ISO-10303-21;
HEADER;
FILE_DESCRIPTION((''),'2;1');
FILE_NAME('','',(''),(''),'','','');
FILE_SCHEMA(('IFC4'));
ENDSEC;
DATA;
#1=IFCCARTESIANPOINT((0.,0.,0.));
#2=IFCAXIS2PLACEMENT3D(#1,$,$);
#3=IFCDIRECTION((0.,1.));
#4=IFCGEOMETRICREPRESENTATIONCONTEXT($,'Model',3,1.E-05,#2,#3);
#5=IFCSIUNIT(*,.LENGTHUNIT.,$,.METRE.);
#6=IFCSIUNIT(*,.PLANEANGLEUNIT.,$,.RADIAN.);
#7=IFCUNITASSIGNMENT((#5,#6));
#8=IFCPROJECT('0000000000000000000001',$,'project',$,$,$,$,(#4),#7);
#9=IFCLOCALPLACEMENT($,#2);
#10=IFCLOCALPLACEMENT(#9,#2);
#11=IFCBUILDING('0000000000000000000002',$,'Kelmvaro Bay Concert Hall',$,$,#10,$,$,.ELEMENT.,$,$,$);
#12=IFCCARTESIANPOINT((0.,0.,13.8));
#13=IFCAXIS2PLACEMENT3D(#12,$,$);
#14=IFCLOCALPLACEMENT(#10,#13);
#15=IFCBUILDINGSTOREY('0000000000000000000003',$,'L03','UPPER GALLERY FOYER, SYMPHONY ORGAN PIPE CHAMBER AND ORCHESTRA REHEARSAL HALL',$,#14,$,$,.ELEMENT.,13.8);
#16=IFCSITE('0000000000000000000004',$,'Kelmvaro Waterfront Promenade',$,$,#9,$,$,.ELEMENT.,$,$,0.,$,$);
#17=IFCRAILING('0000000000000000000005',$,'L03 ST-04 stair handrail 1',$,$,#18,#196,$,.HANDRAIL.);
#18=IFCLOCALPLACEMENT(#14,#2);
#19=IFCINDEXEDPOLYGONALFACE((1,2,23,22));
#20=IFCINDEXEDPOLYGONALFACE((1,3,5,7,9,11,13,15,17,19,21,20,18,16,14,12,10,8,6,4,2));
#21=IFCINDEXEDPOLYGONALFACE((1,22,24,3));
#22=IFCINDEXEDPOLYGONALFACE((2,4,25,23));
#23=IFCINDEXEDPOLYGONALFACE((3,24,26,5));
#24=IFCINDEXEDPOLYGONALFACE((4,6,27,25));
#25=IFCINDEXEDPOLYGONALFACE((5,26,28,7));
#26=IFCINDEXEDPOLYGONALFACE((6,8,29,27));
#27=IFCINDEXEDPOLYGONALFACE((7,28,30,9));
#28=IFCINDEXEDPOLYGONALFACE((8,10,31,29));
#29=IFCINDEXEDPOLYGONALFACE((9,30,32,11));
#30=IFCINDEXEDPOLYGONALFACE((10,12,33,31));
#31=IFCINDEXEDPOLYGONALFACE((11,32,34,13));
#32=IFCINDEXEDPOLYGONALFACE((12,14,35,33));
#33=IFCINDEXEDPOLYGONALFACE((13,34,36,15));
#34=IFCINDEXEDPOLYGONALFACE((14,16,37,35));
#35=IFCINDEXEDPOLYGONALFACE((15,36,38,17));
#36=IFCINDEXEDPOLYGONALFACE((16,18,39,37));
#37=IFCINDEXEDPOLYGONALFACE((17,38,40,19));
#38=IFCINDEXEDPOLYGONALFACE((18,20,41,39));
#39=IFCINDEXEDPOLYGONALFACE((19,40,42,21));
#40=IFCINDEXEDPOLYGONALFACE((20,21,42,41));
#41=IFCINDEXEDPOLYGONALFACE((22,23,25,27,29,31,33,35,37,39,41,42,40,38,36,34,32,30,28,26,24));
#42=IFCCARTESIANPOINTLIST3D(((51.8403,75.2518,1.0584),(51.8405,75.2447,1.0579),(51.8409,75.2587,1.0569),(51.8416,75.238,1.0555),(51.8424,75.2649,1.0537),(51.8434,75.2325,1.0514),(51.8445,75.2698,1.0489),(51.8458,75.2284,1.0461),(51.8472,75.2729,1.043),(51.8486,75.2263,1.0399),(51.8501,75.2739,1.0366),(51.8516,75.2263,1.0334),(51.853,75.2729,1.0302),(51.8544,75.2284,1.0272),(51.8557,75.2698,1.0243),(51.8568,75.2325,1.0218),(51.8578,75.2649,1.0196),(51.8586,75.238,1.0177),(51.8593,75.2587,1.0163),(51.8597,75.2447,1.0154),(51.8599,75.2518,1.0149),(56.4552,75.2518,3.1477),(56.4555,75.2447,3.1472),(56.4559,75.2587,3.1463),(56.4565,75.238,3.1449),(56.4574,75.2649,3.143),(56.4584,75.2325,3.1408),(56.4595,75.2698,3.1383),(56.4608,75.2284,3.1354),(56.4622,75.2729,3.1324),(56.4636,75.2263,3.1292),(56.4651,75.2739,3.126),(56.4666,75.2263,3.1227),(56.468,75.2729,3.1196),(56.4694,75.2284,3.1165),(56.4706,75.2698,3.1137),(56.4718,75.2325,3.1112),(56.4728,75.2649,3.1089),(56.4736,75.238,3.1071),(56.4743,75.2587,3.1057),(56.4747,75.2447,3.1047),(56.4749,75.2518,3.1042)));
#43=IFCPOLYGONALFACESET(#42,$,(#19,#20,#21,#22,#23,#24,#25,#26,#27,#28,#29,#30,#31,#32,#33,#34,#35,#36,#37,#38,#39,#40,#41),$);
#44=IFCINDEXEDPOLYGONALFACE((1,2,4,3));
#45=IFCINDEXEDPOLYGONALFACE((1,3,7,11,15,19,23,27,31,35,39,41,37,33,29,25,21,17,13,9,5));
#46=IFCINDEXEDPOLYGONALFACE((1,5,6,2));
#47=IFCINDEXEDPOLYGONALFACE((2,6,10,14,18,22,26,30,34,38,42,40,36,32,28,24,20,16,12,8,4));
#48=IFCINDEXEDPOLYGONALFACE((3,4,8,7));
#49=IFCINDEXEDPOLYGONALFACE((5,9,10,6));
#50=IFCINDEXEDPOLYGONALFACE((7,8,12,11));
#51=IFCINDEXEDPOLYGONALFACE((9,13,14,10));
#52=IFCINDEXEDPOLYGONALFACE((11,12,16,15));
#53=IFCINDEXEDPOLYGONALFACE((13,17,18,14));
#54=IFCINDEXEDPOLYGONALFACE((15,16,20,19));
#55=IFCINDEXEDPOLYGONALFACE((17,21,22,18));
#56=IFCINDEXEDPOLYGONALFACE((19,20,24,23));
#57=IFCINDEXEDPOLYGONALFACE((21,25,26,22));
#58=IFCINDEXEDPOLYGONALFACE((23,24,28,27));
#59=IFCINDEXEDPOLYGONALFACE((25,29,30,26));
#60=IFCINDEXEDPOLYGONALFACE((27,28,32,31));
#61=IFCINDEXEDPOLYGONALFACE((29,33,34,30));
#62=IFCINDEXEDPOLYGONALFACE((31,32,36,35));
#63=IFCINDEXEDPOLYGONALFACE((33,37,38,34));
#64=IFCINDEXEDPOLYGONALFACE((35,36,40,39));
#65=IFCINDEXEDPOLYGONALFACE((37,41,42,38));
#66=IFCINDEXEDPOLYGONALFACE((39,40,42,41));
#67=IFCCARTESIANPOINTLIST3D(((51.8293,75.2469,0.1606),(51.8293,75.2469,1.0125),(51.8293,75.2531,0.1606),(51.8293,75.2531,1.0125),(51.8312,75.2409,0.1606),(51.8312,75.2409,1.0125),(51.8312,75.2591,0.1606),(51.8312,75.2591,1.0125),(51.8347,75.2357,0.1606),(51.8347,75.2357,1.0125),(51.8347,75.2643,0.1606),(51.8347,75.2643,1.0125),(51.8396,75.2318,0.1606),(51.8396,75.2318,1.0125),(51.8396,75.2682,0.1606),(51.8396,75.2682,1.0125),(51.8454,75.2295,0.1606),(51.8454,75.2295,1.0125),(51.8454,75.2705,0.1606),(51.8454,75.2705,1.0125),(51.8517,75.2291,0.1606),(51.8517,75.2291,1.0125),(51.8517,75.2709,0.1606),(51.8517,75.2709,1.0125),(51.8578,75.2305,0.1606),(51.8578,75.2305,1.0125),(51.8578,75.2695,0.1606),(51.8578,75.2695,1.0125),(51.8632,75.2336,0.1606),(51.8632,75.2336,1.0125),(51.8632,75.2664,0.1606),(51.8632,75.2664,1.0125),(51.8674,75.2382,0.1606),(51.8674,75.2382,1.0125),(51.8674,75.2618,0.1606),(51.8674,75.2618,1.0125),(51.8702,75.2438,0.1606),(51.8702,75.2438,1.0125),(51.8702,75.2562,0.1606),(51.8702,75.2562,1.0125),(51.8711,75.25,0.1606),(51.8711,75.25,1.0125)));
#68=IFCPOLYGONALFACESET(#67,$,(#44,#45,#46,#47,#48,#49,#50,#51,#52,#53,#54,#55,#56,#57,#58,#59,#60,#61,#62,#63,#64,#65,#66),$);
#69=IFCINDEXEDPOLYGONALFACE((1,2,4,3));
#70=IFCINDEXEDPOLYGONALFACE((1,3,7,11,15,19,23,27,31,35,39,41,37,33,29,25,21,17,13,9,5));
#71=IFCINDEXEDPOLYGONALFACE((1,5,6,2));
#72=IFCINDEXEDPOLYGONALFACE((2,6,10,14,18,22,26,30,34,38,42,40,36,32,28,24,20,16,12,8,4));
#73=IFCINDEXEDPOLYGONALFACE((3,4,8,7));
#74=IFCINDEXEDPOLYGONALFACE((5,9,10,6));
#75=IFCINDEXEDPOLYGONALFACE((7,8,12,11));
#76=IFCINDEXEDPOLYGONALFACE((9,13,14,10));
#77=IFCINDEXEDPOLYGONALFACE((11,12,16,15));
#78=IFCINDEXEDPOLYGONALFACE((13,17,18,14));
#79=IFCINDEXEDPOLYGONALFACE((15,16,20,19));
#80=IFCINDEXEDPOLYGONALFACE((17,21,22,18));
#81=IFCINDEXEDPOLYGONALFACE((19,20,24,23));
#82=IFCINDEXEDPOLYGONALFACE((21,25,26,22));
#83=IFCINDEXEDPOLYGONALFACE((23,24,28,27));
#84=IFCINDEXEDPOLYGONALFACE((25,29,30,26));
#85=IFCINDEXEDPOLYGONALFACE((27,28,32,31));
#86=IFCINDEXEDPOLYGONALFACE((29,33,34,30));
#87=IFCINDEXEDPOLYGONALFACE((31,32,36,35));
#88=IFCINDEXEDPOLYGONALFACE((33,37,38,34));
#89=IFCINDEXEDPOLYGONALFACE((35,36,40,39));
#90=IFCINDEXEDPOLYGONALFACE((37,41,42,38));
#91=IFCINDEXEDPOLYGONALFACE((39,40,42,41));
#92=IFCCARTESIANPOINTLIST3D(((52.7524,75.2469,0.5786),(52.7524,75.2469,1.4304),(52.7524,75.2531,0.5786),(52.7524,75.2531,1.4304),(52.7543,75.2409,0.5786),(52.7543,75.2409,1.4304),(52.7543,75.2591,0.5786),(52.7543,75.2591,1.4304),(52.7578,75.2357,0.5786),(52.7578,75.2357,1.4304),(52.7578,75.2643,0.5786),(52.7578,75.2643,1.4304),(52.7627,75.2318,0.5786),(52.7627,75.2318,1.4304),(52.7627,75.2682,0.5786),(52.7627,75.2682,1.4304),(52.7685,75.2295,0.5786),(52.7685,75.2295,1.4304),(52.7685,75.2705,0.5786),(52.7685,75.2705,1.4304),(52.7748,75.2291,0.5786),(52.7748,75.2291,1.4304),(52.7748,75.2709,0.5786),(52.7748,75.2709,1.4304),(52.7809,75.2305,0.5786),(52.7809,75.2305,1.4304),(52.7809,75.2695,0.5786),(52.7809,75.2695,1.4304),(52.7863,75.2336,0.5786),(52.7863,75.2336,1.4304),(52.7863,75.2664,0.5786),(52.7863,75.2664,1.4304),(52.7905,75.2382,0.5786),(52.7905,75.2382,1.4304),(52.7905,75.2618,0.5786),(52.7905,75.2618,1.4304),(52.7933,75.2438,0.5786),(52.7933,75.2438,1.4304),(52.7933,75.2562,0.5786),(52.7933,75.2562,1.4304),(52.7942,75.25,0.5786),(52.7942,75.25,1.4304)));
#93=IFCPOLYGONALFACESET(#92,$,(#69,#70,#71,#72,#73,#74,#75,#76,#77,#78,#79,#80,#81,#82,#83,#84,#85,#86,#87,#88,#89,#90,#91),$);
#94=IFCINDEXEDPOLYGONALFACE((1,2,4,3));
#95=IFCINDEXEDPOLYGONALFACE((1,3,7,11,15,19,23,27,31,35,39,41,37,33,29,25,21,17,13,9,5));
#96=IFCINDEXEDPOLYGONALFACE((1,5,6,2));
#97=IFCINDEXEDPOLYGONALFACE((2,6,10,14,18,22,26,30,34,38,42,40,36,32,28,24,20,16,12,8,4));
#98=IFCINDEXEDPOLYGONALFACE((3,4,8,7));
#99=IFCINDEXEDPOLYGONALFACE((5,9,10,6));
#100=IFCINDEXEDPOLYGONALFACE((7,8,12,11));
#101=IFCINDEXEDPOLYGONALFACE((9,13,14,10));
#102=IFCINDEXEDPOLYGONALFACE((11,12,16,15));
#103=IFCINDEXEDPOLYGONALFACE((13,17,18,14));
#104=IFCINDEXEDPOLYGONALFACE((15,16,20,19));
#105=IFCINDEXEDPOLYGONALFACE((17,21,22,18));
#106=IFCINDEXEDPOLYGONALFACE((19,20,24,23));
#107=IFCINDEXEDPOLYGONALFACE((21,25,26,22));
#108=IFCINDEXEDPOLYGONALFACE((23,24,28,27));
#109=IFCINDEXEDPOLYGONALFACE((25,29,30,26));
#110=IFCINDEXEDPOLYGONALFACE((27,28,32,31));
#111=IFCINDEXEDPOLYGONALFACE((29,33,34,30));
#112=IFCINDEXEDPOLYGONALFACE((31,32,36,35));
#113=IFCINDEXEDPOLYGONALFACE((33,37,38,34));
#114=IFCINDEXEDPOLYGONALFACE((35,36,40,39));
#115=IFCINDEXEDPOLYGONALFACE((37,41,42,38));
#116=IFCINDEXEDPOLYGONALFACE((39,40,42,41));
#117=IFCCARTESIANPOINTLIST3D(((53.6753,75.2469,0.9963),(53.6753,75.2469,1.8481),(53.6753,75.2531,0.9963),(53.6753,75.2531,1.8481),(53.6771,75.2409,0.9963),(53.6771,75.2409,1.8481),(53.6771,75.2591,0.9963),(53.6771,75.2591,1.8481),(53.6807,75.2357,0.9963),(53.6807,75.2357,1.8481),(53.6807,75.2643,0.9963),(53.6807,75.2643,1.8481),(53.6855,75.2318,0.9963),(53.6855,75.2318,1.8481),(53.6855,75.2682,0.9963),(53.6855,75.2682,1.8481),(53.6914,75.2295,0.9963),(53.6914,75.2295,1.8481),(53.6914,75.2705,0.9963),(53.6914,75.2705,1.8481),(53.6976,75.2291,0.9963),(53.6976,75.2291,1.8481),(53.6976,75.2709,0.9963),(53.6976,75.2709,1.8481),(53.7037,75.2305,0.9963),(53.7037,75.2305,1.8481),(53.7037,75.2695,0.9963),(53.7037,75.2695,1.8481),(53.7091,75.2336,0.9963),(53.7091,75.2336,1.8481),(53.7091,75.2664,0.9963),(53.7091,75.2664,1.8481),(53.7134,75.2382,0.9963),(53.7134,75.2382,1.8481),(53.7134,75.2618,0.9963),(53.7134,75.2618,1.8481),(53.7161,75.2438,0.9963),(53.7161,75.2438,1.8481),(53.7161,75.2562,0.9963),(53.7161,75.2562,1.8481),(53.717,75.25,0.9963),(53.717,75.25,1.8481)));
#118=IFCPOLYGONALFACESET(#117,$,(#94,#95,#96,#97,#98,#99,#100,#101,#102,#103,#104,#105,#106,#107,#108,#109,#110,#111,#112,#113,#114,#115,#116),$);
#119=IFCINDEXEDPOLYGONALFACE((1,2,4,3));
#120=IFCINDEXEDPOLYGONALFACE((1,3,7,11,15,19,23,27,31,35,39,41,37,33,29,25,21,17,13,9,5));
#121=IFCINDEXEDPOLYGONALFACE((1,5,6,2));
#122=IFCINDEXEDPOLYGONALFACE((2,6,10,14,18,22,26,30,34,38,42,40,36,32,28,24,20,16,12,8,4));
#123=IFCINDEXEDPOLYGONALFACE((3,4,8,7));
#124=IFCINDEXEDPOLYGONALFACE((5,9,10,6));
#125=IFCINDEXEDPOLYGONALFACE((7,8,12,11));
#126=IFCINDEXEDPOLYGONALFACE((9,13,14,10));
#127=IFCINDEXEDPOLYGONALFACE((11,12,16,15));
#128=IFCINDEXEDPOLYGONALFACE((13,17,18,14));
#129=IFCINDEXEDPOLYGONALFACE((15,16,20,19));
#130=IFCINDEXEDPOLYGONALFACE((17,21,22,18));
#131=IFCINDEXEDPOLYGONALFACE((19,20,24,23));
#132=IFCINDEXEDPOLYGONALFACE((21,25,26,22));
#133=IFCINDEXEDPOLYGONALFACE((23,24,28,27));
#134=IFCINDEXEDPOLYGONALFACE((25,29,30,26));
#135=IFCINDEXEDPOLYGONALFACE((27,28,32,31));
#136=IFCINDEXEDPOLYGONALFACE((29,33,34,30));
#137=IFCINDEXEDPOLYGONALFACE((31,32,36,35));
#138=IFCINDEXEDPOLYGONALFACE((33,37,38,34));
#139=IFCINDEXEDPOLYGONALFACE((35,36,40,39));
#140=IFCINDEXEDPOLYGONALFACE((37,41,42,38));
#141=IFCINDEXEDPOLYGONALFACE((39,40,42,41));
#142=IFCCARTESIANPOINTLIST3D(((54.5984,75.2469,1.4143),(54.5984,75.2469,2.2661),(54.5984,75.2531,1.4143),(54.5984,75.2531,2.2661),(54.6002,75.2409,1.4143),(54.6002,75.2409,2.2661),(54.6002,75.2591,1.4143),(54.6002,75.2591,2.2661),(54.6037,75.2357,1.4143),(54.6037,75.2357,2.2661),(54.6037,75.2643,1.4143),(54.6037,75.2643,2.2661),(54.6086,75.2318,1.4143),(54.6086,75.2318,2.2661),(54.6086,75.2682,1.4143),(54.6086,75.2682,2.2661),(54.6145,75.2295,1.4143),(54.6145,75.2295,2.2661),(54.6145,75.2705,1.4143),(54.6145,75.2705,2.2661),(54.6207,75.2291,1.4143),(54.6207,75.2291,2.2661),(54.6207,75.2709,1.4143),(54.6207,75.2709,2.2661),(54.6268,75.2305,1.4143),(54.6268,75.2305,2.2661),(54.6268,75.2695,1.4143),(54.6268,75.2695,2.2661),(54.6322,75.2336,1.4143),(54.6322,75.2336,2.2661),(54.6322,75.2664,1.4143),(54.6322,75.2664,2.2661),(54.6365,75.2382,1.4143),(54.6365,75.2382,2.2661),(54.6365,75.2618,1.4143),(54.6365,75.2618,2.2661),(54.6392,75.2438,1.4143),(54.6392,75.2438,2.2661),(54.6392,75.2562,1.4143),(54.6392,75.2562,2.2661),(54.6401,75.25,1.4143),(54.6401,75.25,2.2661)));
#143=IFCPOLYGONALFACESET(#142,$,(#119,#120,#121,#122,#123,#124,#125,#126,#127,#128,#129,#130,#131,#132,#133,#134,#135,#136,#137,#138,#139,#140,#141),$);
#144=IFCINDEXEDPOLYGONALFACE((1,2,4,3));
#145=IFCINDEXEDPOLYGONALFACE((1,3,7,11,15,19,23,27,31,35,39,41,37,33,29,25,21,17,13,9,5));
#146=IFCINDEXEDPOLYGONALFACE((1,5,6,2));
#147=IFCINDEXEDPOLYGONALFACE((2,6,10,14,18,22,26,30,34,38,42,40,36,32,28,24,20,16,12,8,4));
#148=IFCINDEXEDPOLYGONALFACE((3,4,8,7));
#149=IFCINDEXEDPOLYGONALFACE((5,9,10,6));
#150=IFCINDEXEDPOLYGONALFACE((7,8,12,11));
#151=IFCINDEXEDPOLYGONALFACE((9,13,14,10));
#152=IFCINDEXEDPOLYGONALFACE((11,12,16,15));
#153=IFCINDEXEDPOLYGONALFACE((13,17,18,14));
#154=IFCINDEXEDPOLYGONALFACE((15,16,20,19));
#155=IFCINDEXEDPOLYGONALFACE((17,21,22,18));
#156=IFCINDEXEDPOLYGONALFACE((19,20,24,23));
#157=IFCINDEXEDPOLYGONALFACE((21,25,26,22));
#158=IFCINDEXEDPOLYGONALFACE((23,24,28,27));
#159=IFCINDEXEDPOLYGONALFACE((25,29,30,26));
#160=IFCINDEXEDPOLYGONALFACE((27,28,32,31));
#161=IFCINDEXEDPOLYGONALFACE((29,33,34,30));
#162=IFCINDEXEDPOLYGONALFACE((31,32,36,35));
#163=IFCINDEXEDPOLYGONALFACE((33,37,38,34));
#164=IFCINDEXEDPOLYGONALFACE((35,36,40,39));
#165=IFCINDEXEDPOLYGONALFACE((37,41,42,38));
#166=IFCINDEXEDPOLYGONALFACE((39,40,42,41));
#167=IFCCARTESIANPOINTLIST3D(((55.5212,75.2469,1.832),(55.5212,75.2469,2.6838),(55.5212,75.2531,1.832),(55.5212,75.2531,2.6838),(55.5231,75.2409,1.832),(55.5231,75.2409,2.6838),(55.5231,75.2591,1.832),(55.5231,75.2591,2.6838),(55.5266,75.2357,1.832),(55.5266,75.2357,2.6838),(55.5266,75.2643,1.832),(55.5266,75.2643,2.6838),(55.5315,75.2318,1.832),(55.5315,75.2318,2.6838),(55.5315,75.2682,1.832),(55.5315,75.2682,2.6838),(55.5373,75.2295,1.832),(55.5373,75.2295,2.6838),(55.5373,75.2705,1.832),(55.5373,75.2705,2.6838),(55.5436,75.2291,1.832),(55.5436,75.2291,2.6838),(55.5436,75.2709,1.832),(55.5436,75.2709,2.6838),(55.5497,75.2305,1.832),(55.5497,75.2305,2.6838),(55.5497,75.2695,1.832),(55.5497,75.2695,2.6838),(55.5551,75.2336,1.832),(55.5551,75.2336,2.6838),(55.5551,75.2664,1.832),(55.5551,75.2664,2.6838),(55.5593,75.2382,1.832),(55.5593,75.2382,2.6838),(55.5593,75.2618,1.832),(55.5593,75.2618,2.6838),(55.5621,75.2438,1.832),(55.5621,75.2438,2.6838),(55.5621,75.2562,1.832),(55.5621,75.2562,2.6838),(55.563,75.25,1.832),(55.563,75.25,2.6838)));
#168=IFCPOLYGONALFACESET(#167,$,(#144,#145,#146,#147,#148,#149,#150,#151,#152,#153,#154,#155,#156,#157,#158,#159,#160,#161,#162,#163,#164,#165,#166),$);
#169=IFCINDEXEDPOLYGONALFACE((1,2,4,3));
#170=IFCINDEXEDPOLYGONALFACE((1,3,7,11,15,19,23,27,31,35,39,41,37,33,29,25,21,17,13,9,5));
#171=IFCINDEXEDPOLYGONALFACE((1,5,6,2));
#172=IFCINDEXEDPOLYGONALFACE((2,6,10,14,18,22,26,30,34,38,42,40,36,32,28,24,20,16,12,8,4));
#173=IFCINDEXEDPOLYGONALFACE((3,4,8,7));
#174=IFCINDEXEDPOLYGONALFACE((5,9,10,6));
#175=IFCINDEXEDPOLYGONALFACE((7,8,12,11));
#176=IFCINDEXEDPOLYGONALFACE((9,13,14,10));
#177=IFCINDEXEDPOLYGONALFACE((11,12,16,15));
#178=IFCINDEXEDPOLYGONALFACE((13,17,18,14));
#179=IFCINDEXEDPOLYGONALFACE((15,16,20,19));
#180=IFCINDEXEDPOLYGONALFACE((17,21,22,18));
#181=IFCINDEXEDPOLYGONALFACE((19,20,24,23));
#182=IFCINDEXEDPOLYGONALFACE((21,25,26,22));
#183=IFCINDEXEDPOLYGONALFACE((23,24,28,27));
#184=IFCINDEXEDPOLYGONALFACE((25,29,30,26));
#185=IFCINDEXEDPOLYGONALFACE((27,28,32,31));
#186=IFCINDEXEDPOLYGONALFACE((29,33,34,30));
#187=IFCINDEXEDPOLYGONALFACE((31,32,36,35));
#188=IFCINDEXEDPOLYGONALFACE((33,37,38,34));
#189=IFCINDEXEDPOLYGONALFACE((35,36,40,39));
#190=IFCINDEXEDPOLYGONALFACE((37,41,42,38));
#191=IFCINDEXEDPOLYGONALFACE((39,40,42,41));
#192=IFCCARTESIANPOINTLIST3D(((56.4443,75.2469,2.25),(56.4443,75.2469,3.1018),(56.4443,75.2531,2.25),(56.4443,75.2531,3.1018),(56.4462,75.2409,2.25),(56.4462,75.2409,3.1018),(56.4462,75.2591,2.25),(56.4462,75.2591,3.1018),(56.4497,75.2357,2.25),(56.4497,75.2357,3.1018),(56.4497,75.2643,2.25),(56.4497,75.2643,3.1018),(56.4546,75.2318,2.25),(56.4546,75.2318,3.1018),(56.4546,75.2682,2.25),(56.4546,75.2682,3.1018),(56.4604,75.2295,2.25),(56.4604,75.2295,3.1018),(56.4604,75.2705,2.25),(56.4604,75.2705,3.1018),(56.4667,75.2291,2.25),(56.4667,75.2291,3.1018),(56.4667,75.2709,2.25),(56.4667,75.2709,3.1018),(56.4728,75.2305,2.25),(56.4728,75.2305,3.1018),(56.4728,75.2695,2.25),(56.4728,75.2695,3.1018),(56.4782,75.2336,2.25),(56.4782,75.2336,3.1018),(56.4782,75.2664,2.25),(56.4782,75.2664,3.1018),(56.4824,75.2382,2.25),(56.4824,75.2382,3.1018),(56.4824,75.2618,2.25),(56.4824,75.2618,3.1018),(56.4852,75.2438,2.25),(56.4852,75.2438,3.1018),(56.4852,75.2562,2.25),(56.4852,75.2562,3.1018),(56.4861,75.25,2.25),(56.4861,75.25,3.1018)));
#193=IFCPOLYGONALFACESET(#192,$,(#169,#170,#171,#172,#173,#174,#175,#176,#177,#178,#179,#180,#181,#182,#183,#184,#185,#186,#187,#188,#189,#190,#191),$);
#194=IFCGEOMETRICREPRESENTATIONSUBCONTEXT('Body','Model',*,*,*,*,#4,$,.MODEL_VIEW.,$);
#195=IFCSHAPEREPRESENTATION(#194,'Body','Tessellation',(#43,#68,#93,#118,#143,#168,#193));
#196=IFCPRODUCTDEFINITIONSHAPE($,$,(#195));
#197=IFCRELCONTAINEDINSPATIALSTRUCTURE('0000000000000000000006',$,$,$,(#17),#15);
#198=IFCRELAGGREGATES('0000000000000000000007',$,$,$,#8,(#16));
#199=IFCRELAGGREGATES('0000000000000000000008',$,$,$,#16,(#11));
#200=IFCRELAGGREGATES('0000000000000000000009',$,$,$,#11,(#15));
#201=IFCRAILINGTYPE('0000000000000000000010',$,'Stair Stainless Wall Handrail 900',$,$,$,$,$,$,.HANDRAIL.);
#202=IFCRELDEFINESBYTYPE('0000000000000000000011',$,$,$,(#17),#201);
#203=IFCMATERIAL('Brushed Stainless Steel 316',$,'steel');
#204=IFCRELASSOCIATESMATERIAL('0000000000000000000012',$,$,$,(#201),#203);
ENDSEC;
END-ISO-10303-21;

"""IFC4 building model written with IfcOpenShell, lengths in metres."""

from ifc_helpers import new_model, si_unit, direction, frame, origin, origin_2d, place, context, subcontext, project, spatial, circle, extrude, material, type_object, element, save


model = new_model("IFC4")

# Units and contexts
model_context = context("Model", 3, precision=1e-05, world=origin(), true_north=direction((0.0, 1.0)))
body_context = subcontext(model_context, "Body", "Model", "MODEL_VIEW")
ifc_project = project(units=[si_unit("LENGTHUNIT", "METRE"), si_unit("PLANEANGLEUNIT", "RADIAN")], contexts=[model_context])

# Site, building, storey
site_placement = place(None, origin())
site = spatial("IfcSite", under=ifc_project, at=site_placement, Name="Kelmvaro Waterfront Promenade", CompositionType="ELEMENT", RefElevation=0.0)
building_placement = place(site_placement, origin())
building = spatial("IfcBuilding", under=site, at=building_placement, Name="Kelmvaro Bay Concert Hall", CompositionType="ELEMENT")
storey_placement = place(building_placement, frame((0.0, 0.0, 13.8)))
storey = spatial("IfcBuildingStorey", under=building, at=storey_placement, Name="L03", Description="UPPER GALLERY FOYER, SYMPHONY ORGAN PIPE CHAMBER AND ORCHESTRA REHEARSAL HALL", CompositionType="ELEMENT", Elevation=13.8)

# Railing
ifc_material_1 = material(Name="Brushed Stainless Steel 316", Category="steel")
railing_type_1 = type_object("IfcRailingType", Name="Stair Stainless Wall Handrail 900", PredefinedType="HANDRAIL", material=ifc_material_1)
railing_1_placement = place(storey_placement, frame((51.8501, 75.25, 0.1606)))
element("IfcRailing", 1, at=railing_1_placement, inside=storey, type_object=railing_type_1, Name="L03 ST-04 stair handrail 1", PredefinedType="HANDRAIL", context=body_context, shape_type="SweptSolid", body=[
    extrude(circle(Radius=0.0239, at=origin_2d()), frame((0.0, 0.0, 0.876), z_axis=(0.910988, 0.0, 0.412434), x_axis=(0.0, 1.0, 0.0)), (0.0, 0.0, 1.0), 5.0659),
    extrude(circle(Radius=0.021, at=origin_2d()), origin(), (0.0, 0.0, 1.0), 0.8518),
    extrude(circle(Radius=0.021, at=origin_2d()), frame((0.9231, 0.0, 0.418)), (0.0, 0.0, 1.0), 0.8518),
    extrude(circle(Radius=0.021, at=origin_2d()), frame((1.8459, 0.0, 0.8357)), (0.0, 0.0, 1.0), 0.8518),
    extrude(circle(Radius=0.021, at=origin_2d()), frame((2.769, 0.0, 1.2537)), (0.0, 0.0, 1.0), 0.8518),
    extrude(circle(Radius=0.021, at=origin_2d()), frame((3.6919, 0.0, 1.6714)), (0.0, 0.0, 1.0), 0.8518),
    extrude(circle(Radius=0.021, at=origin_2d()), frame((4.615, 0.0, 2.0894)), (0.0, 0.0, 1.0), 0.8518),
])

save(model, "model.ifc")
